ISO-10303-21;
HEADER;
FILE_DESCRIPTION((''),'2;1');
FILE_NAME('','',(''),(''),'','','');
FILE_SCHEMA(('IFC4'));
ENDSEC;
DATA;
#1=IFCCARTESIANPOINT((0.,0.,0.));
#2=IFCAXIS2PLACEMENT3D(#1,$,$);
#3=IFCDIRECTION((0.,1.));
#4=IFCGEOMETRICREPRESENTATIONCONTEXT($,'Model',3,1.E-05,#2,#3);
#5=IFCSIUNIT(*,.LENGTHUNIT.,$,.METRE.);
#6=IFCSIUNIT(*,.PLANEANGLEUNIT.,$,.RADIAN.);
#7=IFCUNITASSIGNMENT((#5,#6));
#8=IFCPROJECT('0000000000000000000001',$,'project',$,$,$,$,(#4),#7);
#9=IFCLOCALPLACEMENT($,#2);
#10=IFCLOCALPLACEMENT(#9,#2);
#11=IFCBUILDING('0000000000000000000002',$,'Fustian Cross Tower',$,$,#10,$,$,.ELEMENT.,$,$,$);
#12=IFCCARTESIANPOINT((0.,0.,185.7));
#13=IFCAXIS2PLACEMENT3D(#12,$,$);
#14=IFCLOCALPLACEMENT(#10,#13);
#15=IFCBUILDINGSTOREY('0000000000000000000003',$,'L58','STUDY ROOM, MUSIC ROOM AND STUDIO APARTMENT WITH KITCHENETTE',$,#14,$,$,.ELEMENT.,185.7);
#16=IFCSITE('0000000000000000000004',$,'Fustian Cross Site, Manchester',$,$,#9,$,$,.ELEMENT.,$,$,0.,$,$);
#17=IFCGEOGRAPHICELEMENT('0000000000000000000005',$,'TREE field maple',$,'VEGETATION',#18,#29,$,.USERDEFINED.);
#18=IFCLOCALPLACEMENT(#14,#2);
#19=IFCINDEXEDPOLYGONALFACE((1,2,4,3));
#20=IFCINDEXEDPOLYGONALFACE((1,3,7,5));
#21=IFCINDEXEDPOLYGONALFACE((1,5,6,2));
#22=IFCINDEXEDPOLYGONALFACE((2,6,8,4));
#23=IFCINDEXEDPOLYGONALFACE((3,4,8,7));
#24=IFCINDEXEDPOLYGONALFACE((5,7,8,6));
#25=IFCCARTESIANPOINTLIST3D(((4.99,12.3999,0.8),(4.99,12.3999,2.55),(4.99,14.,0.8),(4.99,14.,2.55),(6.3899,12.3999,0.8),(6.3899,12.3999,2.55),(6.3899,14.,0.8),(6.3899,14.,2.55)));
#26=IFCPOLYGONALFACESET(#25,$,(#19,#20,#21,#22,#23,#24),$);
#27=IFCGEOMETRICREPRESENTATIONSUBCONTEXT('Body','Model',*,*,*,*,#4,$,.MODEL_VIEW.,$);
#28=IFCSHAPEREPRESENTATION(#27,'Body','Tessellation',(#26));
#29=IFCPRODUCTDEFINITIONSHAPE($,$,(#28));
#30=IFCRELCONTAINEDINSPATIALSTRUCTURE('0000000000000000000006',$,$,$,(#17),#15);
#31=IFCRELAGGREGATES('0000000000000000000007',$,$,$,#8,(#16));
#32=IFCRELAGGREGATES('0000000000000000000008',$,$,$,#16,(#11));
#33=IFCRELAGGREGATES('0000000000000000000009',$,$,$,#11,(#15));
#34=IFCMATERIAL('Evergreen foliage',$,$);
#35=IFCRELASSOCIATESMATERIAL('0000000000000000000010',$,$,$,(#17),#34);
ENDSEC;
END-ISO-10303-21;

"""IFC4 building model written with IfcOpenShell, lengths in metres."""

from ifc_helpers import new_model, si_unit, direction, frame, origin, origin_2d, place, context, subcontext, project, spatial, rectangle, extrude, material, element, save


model = new_model("IFC4")

# Units and contexts
model_context = context("Model", 3, precision=1e-05, world=origin(), true_north=direction((0.0, 1.0)))
body_context = subcontext(model_context, "Body", "Model", "MODEL_VIEW")
ifc_project = project(units=[si_unit("LENGTHUNIT", "METRE"), si_unit("PLANEANGLEUNIT", "RADIAN")], contexts=[model_context])

# Site, building, storey
site_placement = place(None, origin())
site = spatial("IfcSite", under=ifc_project, at=site_placement, Name="Fustian Cross Site, Manchester", CompositionType="ELEMENT", RefElevation=0.0)
building_placement = place(site_placement, origin())
building = spatial("IfcBuilding", under=site, at=building_placement, Name="Fustian Cross Tower", CompositionType="ELEMENT")
storey_placement = place(building_placement, frame((0.0, 0.0, 185.7)))
storey = spatial("IfcBuildingStorey", under=building, at=storey_placement, Name="L58", Description="STUDY ROOM, MUSIC ROOM AND STUDIO APARTMENT WITH KITCHENETTE", CompositionType="ELEMENT", Elevation=185.7)

# Geographic element
ifc_material_1 = material(Name="Evergreen foliage")
geographic_element_placement = place(storey_placement, frame((5.6899, 13.2, 0.8), z_axis=(0.0, 0.0, 1.0), x_axis=(1.0, 0.0, 0.0)))
element("IfcGeographicElement", 1, at=geographic_element_placement, inside=storey, material=ifc_material_1, Name="TREE field maple", ObjectType="VEGETATION", PredefinedType="USERDEFINED", context=body_context, shape_type="SweptSolid", body=[
    extrude(rectangle(XDim=1.3999, YDim=1.6001, at=origin_2d()), origin(), (0.0, 0.0, 1.0), 1.75),
])

save(model, "model.ifc")
